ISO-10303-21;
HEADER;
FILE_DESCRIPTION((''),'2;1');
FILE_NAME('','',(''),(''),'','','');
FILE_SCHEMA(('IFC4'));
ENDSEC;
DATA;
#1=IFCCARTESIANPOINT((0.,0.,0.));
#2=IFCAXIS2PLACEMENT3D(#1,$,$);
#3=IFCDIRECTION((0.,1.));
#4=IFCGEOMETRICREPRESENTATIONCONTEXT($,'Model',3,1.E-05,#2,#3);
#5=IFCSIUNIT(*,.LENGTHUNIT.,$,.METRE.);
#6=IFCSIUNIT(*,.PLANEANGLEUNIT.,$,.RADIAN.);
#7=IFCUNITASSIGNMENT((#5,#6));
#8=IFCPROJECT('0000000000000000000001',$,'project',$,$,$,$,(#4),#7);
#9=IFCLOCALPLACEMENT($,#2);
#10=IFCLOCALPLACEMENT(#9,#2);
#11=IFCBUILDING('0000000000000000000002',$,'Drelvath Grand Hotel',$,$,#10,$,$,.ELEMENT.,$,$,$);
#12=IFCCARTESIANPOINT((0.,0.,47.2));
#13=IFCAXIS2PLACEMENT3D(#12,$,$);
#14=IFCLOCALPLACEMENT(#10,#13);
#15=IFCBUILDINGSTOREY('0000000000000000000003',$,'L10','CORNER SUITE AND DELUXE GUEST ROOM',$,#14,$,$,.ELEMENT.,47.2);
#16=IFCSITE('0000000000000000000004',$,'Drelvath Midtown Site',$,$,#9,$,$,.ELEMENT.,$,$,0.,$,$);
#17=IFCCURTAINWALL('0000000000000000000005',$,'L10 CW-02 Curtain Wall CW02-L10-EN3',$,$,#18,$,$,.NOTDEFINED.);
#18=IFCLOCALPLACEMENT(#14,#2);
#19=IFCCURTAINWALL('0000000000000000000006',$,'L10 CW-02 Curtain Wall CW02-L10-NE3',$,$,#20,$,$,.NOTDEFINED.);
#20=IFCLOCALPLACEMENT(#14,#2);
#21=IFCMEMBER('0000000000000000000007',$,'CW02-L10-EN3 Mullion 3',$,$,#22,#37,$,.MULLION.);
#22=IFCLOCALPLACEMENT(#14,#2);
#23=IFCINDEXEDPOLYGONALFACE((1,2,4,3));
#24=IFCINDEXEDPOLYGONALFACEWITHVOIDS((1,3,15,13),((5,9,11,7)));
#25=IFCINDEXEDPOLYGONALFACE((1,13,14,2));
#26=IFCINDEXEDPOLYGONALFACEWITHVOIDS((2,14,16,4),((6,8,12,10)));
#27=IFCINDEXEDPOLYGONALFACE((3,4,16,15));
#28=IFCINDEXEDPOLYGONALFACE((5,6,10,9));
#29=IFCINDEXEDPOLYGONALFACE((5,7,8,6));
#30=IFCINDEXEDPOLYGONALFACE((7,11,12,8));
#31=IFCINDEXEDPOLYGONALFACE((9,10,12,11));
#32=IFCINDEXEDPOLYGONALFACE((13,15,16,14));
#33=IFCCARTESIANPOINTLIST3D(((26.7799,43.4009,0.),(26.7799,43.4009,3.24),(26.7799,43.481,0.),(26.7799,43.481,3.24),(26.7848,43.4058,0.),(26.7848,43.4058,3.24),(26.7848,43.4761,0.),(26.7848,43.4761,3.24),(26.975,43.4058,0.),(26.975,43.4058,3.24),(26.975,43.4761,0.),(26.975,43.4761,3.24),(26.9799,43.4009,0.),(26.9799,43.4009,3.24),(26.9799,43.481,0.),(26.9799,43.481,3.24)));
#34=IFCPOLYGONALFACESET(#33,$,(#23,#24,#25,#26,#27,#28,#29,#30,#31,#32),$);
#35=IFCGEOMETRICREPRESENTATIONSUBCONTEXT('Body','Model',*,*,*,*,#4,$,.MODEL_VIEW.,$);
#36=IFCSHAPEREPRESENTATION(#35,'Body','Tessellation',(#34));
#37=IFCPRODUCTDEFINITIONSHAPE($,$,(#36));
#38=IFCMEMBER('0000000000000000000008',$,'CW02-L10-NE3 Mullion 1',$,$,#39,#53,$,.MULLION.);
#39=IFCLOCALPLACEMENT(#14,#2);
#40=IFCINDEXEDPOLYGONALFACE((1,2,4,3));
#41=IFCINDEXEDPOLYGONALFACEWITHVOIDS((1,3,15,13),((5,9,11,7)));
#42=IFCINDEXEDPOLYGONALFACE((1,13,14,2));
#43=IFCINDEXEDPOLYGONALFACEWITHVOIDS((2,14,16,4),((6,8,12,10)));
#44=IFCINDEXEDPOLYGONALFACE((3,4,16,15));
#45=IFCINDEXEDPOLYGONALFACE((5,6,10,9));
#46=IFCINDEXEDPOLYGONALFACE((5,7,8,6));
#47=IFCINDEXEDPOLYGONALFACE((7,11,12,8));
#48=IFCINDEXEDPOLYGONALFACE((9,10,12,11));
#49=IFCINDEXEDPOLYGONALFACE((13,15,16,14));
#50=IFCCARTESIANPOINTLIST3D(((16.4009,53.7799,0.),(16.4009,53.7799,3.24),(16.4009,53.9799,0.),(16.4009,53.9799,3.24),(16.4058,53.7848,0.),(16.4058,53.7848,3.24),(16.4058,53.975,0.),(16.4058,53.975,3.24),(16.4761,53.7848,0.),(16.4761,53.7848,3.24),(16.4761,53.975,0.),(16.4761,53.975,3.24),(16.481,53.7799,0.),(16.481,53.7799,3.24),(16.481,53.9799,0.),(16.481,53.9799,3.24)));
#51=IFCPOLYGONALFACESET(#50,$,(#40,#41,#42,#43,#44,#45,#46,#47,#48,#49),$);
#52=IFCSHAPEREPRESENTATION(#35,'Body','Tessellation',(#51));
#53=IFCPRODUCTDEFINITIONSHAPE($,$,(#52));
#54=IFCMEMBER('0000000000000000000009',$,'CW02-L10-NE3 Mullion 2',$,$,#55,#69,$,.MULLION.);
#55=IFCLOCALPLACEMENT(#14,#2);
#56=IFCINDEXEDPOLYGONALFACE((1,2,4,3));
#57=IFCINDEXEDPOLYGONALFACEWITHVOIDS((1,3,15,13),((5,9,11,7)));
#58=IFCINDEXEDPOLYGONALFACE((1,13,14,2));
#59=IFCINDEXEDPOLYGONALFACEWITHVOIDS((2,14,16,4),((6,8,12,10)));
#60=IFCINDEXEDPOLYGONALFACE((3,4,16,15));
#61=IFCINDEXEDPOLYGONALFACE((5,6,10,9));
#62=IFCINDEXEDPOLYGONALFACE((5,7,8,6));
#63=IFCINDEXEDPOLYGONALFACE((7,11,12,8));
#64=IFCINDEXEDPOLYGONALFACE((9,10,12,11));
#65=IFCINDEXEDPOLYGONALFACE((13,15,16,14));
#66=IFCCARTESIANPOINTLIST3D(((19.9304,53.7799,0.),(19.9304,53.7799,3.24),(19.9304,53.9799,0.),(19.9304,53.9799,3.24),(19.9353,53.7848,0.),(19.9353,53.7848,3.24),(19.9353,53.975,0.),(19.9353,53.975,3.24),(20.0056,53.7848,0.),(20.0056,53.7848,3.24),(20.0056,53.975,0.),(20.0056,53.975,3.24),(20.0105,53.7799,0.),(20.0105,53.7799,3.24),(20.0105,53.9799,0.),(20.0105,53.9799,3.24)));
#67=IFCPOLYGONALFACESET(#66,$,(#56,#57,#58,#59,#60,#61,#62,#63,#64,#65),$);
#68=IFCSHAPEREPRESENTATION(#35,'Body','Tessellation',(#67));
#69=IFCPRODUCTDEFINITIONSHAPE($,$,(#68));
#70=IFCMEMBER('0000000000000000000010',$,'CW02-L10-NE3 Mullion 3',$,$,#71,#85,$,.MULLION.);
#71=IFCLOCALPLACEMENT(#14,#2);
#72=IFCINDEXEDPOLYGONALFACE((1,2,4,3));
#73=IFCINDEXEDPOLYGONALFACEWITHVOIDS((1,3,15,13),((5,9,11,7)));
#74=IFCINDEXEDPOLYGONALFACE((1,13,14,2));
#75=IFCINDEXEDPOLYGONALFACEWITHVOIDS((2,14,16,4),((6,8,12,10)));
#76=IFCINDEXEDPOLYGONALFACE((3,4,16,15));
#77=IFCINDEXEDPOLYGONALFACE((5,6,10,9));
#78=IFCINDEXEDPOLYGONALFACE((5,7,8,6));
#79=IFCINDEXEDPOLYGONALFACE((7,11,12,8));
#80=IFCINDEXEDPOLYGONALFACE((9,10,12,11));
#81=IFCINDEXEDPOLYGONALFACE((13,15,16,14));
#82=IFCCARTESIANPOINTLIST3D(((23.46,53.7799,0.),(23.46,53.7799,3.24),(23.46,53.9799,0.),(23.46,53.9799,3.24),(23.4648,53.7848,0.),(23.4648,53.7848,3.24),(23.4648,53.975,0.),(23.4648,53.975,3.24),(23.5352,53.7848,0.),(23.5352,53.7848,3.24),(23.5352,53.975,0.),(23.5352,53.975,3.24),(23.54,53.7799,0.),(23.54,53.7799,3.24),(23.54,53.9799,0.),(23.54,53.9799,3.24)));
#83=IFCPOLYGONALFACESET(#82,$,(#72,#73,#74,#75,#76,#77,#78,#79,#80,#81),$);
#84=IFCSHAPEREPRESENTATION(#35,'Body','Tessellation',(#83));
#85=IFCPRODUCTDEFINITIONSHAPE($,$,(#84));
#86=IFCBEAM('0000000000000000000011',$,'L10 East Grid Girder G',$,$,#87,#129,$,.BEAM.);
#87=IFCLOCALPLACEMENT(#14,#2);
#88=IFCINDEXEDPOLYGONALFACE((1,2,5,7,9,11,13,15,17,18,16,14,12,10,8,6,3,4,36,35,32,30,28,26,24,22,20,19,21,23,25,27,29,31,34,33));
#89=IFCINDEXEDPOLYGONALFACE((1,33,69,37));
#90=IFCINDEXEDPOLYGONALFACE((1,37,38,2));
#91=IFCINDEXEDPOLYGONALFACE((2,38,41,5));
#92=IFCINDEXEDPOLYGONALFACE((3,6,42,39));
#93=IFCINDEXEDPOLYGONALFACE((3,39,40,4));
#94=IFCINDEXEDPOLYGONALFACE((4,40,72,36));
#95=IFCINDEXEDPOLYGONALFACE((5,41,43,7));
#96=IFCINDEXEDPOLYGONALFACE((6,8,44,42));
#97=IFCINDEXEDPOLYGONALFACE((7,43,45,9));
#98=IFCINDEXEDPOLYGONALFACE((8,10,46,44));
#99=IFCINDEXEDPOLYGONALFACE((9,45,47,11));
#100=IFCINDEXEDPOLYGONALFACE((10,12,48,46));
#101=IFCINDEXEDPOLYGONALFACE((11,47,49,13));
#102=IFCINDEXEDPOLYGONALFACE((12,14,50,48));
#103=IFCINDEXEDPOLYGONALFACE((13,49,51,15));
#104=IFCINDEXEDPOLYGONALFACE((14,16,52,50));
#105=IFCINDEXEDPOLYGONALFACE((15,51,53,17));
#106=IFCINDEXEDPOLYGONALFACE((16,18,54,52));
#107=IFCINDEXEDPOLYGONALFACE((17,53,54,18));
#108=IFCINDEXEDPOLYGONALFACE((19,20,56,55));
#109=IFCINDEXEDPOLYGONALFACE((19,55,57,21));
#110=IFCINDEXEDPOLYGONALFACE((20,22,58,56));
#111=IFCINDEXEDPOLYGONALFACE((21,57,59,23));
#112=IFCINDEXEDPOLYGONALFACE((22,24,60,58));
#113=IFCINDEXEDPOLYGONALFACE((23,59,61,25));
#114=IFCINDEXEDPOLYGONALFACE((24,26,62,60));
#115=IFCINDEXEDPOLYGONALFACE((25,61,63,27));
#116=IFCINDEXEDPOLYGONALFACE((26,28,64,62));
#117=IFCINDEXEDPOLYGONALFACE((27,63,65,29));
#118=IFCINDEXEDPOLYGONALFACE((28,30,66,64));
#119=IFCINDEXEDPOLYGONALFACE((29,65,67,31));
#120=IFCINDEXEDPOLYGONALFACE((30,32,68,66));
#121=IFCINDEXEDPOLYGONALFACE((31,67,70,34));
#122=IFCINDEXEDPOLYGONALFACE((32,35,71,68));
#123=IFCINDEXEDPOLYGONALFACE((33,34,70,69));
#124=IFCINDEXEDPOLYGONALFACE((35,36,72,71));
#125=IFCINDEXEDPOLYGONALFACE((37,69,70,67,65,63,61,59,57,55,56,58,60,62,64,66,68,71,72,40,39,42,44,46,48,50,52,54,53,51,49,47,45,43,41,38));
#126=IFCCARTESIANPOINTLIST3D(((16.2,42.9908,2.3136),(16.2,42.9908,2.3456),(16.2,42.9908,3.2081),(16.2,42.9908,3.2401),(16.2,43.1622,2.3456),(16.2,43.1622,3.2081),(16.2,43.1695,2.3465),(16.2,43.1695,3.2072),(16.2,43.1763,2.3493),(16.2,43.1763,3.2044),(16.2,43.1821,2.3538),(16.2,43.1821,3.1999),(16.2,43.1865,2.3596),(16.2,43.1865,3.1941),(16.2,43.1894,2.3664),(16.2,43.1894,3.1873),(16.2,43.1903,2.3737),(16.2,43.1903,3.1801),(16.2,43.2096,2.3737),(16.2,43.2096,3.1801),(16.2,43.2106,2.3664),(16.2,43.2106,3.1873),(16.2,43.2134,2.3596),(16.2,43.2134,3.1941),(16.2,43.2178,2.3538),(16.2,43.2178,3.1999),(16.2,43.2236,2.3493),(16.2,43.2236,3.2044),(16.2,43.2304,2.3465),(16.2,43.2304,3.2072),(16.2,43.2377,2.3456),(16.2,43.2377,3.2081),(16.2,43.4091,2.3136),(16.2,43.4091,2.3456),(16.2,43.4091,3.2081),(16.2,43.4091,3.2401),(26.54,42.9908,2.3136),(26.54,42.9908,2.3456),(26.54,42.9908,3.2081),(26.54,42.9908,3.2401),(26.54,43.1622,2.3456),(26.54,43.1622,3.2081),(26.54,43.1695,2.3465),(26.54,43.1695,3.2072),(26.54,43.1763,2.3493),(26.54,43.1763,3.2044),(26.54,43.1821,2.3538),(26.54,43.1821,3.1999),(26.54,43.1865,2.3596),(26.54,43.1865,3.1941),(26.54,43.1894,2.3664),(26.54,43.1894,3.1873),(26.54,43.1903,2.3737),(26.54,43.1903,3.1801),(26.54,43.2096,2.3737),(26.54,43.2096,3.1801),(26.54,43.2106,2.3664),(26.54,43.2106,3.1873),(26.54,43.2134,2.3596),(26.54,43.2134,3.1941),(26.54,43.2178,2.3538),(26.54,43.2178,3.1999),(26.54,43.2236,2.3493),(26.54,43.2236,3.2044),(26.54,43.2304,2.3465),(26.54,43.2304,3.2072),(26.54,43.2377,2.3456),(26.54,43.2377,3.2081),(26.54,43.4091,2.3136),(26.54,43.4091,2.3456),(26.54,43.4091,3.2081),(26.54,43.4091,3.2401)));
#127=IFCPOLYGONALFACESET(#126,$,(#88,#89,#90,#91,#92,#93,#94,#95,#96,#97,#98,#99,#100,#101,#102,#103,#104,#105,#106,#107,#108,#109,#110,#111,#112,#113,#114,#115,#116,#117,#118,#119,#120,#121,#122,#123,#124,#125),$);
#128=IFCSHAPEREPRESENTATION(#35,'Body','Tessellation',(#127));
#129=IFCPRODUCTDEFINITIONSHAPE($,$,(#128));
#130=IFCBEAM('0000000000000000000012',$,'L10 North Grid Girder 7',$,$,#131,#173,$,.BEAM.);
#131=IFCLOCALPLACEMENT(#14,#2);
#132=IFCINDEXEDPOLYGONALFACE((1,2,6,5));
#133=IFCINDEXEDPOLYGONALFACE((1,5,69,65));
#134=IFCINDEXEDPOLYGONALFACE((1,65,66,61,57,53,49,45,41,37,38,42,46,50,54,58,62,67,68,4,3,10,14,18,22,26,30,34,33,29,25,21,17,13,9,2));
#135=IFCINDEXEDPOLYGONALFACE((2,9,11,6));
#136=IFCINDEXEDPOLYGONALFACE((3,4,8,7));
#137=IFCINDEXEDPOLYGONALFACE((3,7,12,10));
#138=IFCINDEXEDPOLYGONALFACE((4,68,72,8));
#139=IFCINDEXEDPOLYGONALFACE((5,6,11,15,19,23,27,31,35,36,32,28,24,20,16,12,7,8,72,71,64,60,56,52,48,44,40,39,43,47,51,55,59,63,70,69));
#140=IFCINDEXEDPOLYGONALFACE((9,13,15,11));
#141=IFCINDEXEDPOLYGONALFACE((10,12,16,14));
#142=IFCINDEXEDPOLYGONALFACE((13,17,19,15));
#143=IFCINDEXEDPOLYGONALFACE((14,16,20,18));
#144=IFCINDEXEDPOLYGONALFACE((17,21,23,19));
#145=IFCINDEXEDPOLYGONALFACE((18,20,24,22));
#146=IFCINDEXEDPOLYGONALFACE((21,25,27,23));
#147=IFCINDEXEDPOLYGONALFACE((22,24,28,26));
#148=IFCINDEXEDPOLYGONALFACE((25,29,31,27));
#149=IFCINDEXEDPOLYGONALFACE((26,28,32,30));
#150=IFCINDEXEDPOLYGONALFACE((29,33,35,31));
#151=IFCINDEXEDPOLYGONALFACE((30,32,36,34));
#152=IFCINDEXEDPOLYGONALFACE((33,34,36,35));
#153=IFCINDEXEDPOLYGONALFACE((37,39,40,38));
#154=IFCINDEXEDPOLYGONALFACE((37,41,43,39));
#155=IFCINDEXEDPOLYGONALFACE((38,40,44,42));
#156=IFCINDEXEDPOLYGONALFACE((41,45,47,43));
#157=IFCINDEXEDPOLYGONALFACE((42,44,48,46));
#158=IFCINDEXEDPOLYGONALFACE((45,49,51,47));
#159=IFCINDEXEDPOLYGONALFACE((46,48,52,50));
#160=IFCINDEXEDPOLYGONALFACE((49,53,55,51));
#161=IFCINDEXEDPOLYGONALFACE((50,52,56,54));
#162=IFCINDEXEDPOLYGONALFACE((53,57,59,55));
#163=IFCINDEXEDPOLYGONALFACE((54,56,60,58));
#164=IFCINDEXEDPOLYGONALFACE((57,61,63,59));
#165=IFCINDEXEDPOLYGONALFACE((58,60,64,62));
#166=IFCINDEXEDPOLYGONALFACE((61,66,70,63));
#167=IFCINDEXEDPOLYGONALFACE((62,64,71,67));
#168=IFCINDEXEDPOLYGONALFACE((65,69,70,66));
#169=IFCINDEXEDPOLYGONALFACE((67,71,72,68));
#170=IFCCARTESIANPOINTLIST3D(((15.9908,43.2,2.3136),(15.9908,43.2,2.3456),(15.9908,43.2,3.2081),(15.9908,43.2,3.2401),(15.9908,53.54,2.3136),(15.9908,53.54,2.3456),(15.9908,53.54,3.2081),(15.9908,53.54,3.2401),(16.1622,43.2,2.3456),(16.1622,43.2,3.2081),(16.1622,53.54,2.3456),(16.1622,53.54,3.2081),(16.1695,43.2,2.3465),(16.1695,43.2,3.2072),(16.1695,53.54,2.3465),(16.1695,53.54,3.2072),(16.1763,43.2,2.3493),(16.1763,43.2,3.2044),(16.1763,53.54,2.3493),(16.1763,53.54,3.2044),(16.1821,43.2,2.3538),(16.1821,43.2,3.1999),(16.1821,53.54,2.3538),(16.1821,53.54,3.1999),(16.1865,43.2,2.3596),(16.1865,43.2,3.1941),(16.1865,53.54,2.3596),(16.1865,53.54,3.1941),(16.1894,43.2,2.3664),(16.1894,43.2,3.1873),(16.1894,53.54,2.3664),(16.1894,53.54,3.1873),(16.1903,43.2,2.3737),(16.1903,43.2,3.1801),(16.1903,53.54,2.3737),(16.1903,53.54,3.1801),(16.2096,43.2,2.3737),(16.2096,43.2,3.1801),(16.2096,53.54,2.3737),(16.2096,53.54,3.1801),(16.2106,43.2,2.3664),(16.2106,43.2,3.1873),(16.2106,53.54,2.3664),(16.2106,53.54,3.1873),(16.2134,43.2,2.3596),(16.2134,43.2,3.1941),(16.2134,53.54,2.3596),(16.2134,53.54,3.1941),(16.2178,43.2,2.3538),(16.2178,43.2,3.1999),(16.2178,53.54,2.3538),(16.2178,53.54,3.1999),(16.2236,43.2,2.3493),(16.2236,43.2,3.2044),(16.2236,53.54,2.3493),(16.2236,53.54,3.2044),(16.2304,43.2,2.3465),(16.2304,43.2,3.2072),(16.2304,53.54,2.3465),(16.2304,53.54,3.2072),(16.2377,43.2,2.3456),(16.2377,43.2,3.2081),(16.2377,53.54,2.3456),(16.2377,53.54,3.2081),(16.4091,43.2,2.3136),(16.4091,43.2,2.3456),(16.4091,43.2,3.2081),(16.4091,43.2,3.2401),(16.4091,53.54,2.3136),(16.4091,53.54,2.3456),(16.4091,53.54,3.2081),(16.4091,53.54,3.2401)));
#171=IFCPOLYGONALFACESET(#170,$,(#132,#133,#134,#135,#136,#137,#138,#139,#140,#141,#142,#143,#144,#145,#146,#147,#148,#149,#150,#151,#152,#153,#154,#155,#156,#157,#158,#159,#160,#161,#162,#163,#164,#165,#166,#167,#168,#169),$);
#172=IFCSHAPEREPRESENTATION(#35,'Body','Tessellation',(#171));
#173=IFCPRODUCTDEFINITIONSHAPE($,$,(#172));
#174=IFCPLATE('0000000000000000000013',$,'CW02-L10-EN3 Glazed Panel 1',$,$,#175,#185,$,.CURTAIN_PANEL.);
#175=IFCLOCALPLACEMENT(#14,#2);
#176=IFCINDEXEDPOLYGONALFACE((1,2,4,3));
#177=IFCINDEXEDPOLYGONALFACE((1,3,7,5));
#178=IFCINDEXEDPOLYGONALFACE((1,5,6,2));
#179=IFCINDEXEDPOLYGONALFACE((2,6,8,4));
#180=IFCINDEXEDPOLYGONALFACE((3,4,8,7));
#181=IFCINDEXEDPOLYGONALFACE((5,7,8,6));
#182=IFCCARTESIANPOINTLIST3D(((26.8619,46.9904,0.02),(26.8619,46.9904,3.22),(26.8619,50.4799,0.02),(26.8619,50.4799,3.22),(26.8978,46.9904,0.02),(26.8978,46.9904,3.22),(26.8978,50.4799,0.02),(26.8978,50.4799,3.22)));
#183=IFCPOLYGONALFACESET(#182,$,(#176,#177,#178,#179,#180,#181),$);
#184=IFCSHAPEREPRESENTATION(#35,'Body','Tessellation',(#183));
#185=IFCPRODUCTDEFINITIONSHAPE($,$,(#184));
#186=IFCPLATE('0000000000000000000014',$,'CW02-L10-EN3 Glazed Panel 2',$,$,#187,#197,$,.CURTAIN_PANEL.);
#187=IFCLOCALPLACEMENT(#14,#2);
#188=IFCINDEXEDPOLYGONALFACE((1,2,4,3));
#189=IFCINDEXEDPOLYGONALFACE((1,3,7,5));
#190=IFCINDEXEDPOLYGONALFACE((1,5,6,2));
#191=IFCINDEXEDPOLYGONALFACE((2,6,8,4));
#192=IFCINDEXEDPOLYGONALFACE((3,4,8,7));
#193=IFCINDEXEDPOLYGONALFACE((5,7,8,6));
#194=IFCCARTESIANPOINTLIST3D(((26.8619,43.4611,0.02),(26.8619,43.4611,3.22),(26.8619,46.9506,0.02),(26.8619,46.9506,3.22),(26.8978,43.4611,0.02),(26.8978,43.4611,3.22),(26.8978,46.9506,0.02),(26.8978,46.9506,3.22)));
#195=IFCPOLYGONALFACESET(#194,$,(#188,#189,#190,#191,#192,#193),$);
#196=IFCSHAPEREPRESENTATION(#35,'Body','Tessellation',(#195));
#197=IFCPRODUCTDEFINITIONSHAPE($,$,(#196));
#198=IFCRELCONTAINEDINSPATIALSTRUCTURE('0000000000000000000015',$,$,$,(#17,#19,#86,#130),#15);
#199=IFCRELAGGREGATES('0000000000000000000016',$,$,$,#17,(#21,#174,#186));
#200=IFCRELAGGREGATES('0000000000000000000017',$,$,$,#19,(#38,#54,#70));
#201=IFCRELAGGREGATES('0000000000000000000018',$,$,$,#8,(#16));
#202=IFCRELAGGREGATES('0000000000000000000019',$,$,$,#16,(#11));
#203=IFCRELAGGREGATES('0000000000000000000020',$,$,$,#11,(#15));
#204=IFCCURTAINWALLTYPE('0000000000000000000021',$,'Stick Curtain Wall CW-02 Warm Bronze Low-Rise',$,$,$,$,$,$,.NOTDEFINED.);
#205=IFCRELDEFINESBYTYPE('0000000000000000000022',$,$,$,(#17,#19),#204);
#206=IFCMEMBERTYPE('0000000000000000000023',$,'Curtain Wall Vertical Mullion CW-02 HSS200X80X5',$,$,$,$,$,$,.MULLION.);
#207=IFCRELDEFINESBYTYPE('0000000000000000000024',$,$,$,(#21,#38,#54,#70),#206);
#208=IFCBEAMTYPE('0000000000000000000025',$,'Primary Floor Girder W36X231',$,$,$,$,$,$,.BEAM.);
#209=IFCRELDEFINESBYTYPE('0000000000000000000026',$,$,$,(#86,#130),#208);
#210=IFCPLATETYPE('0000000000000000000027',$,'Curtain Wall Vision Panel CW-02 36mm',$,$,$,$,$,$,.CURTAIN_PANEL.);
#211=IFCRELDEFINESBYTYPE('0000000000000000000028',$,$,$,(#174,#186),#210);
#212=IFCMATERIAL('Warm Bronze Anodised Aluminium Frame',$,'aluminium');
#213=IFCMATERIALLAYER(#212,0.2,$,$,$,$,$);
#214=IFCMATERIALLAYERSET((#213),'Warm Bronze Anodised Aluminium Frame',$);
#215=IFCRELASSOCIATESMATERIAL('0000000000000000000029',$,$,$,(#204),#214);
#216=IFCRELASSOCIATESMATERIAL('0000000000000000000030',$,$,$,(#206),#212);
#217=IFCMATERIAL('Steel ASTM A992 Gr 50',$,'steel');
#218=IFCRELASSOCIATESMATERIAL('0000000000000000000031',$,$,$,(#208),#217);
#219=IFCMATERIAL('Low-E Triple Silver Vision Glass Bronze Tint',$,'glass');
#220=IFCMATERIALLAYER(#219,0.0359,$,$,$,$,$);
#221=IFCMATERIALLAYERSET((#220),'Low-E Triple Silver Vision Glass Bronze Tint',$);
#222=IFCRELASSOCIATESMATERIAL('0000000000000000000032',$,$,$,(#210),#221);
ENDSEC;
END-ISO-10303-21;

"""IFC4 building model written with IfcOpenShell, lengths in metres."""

from ifc_helpers import new_model, si_unit, direction, frame, origin, origin_2d, place, context, subcontext, project, spatial, rectangle, hollow_rectangle, i_section, extrude, material, layer, layer_set, material_profile, profile_set, type_object, element, aggregate, save


model = new_model("IFC4")

# Units and contexts
model_context = context("Model", 3, precision=1e-05, world=origin(), true_north=direction((0.0, 1.0)))
body_context = subcontext(model_context, "Body", "Model", "MODEL_VIEW")
ifc_project = project(units=[si_unit("LENGTHUNIT", "METRE"), si_unit("PLANEANGLEUNIT", "RADIAN")], contexts=[model_context])

# Site, building, storey
site_placement = place(None, origin())
site = spatial("IfcSite", under=ifc_project, at=site_placement, Name="Drelvath Midtown Site", CompositionType="ELEMENT", RefElevation=0.0)
building_placement = place(site_placement, origin())
building = spatial("IfcBuilding", under=site, at=building_placement, Name="Drelvath Grand Hotel", CompositionType="ELEMENT")
storey_placement = place(building_placement, frame((0.0, 0.0, 47.2)))
storey = spatial("IfcBuildingStorey", under=building, at=storey_placement, Name="L10", Description="CORNER SUITE AND DELUXE GUEST ROOM", CompositionType="ELEMENT", Elevation=47.2)

# Curtain walls
ifc_material_1 = material(Name="Warm Bronze Anodised Aluminium Frame", Category="aluminium")
ifc_layer_1 = layer(ifc_material_1, 0.2)
ifc_layer_set_1 = layer_set([ifc_layer_1], Name="Warm Bronze Anodised Aluminium Frame")
curtain_wall_type = type_object("IfcCurtainWallType", Name="Stick Curtain Wall CW-02 Warm Bronze Low-Rise", PredefinedType="NOTDEFINED", material=ifc_layer_set_1)
curtain_wall_1_placement = place(storey_placement, origin())
curtain_wall_1 = element("IfcCurtainWall", 1, at=curtain_wall_1_placement, inside=storey, type_object=curtain_wall_type, Name="L10 CW-02 Curtain Wall CW02-L10-EN3", PredefinedType="NOTDEFINED")
curtain_wall_2_placement = place(storey_placement, origin())
curtain_wall_2 = element("IfcCurtainWall", 2, at=curtain_wall_2_placement, inside=storey, type_object=curtain_wall_type, Name="L10 CW-02 Curtain Wall CW02-L10-NE3", PredefinedType="NOTDEFINED")

# Members
ifc_material_profile_1 = material_profile(ifc_material_1, hollow_rectangle(XDim=0.0801, YDim=0.2, WallThickness=0.0049, at=origin_2d()), Name="HSS200X80X5")
ifc_profile_set_1 = profile_set([ifc_material_profile_1], Name="Warm Bronze Anodised Aluminium Frame")
member_type_1 = type_object("IfcMemberType", Name="Curtain Wall Vertical Mullion CW-02 HSS200X80X5", PredefinedType="MULLION", material=ifc_profile_set_1)
member_1_placement = place(storey_placement, frame((26.8799, 43.4409, 0.0), z_axis=(0.0, 0.0, 1.0), x_axis=(0.0, 1.0, 0.0)))
member_1 = element("IfcMember", 3, at=member_1_placement, type_object=member_type_1, Name="CW02-L10-EN3 Mullion 3", PredefinedType="MULLION", context=body_context, shape_type="SweptSolid", body=[
    extrude(hollow_rectangle(XDim=0.0801, YDim=0.2, WallThickness=0.0049, at=origin_2d()), origin(), (0.0, 0.0, 1.0), 3.24),
])
member_2_placement = place(storey_placement, frame((16.4409, 53.8799, 0.0), z_axis=(0.0, 0.0, 1.0), x_axis=(1.0, 0.0, 0.0)))
member_2 = element("IfcMember", 4, at=member_2_placement, type_object=member_type_1, Name="CW02-L10-NE3 Mullion 1", PredefinedType="MULLION", context=body_context, shape_type="SweptSolid", body=[
    extrude(hollow_rectangle(XDim=0.0801, YDim=0.2, WallThickness=0.0049, at=origin_2d()), origin(), (0.0, 0.0, 1.0), 3.24),
])
member_3_placement = place(storey_placement, frame((19.9705, 53.8799, 0.0), z_axis=(0.0, 0.0, 1.0), x_axis=(1.0, 0.0, 0.0)))
member_3 = element("IfcMember", 5, at=member_3_placement, type_object=member_type_1, Name="CW02-L10-NE3 Mullion 2", PredefinedType="MULLION", context=body_context, shape_type="SweptSolid", body=[
    extrude(hollow_rectangle(XDim=0.0801, YDim=0.2, WallThickness=0.0049, at=origin_2d()), origin(), (0.0, 0.0, 1.0), 3.24),
])
member_4_placement = place(storey_placement, frame((23.5, 53.8799, 0.0), z_axis=(0.0, 0.0, 1.0), x_axis=(1.0, 0.0, 0.0)))
member_4 = element("IfcMember", 6, at=member_4_placement, type_object=member_type_1, Name="CW02-L10-NE3 Mullion 3", PredefinedType="MULLION", context=body_context, shape_type="SweptSolid", body=[
    extrude(hollow_rectangle(XDim=0.0801, YDim=0.2, WallThickness=0.0049, at=origin_2d()), origin(), (0.0, 0.0, 1.0), 3.24),
])

# Beams
ifc_material_2 = material(Name="Steel ASTM A992 Gr 50", Category="steel")
ifc_material_profile_2 = material_profile(ifc_material_2, i_section(OverallWidth=0.4182, OverallDepth=0.9265, WebThickness=0.0193, FlangeThickness=0.032, FilletRadius=0.0281, at=origin_2d()), Name="W36X231")
ifc_profile_set_2 = profile_set([ifc_material_profile_2], Name="Steel ASTM A992 Gr 50")
beam_type = type_object("IfcBeamType", Name="Primary Floor Girder W36X231", PredefinedType="BEAM", material=ifc_profile_set_2)
for number, where, z_axis, x_axis, name in (
    (7, (16.2, 43.2, 2.7769), (1.0, 0.0, 0.0), (0.0, 1.0, 0.0), "L10 East Grid Girder G"),
    (8, (16.2, 43.2, 2.7769), (0.0, 1.0, 0.0), (-1.0, 0.0, 0.0), "L10 North Grid Girder 7"),
):
    element("IfcBeam", number, at=place(storey_placement, frame(where, z_axis=z_axis, x_axis=x_axis)), inside=storey, type_object=beam_type, Name=name, PredefinedType="BEAM", context=body_context, shape_type="SweptSolid", body=[
        extrude(i_section(OverallWidth=0.4182, OverallDepth=0.9265, WebThickness=0.0193, FlangeThickness=0.032, FilletRadius=0.0281, at=origin_2d()), origin(), (0.0, 0.0, 1.0), 10.3401),
    ])

# Plates
ifc_material_3 = material(Name="Low-E Triple Silver Vision Glass Bronze Tint", Category="glass")
ifc_layer_2 = layer(ifc_material_3, 0.0359)
ifc_layer_set_2 = layer_set([ifc_layer_2], Name="Low-E Triple Silver Vision Glass Bronze Tint")
plate_type = type_object("IfcPlateType", Name="Curtain Wall Vision Panel CW-02 36mm", PredefinedType="CURTAIN_PANEL", material=ifc_layer_set_2)
plate_1_placement = place(storey_placement, frame((26.8799, 48.7351, 0.02), z_axis=(0.0, 0.0, 1.0), x_axis=(0.0, -1.0, 0.0)))
plate_1 = element("IfcPlate", 9, at=plate_1_placement, type_object=plate_type, Name="CW02-L10-EN3 Glazed Panel 1", PredefinedType="CURTAIN_PANEL", context=body_context, shape_type="SweptSolid", body=[
    extrude(rectangle(XDim=3.4895, YDim=0.0359, at=origin_2d()), origin(), (0.0, 0.0, 1.0), 3.2),
])
plate_2_placement = place(storey_placement, frame((26.8799, 45.2058, 0.02), z_axis=(0.0, 0.0, 1.0), x_axis=(0.0, -1.0, 0.0)))
plate_2 = element("IfcPlate", 10, at=plate_2_placement, type_object=plate_type, Name="CW02-L10-EN3 Glazed Panel 2", PredefinedType="CURTAIN_PANEL", context=body_context, shape_type="SweptSolid", body=[
    extrude(rectangle(XDim=3.4895, YDim=0.0359, at=origin_2d()), origin(), (0.0, 0.0, 1.0), 3.2),
])
aggregate(curtain_wall_1, [member_1, plate_1, plate_2])
aggregate(curtain_wall_2, [member_2, member_3, member_4])

save(model, "model.ifc")
